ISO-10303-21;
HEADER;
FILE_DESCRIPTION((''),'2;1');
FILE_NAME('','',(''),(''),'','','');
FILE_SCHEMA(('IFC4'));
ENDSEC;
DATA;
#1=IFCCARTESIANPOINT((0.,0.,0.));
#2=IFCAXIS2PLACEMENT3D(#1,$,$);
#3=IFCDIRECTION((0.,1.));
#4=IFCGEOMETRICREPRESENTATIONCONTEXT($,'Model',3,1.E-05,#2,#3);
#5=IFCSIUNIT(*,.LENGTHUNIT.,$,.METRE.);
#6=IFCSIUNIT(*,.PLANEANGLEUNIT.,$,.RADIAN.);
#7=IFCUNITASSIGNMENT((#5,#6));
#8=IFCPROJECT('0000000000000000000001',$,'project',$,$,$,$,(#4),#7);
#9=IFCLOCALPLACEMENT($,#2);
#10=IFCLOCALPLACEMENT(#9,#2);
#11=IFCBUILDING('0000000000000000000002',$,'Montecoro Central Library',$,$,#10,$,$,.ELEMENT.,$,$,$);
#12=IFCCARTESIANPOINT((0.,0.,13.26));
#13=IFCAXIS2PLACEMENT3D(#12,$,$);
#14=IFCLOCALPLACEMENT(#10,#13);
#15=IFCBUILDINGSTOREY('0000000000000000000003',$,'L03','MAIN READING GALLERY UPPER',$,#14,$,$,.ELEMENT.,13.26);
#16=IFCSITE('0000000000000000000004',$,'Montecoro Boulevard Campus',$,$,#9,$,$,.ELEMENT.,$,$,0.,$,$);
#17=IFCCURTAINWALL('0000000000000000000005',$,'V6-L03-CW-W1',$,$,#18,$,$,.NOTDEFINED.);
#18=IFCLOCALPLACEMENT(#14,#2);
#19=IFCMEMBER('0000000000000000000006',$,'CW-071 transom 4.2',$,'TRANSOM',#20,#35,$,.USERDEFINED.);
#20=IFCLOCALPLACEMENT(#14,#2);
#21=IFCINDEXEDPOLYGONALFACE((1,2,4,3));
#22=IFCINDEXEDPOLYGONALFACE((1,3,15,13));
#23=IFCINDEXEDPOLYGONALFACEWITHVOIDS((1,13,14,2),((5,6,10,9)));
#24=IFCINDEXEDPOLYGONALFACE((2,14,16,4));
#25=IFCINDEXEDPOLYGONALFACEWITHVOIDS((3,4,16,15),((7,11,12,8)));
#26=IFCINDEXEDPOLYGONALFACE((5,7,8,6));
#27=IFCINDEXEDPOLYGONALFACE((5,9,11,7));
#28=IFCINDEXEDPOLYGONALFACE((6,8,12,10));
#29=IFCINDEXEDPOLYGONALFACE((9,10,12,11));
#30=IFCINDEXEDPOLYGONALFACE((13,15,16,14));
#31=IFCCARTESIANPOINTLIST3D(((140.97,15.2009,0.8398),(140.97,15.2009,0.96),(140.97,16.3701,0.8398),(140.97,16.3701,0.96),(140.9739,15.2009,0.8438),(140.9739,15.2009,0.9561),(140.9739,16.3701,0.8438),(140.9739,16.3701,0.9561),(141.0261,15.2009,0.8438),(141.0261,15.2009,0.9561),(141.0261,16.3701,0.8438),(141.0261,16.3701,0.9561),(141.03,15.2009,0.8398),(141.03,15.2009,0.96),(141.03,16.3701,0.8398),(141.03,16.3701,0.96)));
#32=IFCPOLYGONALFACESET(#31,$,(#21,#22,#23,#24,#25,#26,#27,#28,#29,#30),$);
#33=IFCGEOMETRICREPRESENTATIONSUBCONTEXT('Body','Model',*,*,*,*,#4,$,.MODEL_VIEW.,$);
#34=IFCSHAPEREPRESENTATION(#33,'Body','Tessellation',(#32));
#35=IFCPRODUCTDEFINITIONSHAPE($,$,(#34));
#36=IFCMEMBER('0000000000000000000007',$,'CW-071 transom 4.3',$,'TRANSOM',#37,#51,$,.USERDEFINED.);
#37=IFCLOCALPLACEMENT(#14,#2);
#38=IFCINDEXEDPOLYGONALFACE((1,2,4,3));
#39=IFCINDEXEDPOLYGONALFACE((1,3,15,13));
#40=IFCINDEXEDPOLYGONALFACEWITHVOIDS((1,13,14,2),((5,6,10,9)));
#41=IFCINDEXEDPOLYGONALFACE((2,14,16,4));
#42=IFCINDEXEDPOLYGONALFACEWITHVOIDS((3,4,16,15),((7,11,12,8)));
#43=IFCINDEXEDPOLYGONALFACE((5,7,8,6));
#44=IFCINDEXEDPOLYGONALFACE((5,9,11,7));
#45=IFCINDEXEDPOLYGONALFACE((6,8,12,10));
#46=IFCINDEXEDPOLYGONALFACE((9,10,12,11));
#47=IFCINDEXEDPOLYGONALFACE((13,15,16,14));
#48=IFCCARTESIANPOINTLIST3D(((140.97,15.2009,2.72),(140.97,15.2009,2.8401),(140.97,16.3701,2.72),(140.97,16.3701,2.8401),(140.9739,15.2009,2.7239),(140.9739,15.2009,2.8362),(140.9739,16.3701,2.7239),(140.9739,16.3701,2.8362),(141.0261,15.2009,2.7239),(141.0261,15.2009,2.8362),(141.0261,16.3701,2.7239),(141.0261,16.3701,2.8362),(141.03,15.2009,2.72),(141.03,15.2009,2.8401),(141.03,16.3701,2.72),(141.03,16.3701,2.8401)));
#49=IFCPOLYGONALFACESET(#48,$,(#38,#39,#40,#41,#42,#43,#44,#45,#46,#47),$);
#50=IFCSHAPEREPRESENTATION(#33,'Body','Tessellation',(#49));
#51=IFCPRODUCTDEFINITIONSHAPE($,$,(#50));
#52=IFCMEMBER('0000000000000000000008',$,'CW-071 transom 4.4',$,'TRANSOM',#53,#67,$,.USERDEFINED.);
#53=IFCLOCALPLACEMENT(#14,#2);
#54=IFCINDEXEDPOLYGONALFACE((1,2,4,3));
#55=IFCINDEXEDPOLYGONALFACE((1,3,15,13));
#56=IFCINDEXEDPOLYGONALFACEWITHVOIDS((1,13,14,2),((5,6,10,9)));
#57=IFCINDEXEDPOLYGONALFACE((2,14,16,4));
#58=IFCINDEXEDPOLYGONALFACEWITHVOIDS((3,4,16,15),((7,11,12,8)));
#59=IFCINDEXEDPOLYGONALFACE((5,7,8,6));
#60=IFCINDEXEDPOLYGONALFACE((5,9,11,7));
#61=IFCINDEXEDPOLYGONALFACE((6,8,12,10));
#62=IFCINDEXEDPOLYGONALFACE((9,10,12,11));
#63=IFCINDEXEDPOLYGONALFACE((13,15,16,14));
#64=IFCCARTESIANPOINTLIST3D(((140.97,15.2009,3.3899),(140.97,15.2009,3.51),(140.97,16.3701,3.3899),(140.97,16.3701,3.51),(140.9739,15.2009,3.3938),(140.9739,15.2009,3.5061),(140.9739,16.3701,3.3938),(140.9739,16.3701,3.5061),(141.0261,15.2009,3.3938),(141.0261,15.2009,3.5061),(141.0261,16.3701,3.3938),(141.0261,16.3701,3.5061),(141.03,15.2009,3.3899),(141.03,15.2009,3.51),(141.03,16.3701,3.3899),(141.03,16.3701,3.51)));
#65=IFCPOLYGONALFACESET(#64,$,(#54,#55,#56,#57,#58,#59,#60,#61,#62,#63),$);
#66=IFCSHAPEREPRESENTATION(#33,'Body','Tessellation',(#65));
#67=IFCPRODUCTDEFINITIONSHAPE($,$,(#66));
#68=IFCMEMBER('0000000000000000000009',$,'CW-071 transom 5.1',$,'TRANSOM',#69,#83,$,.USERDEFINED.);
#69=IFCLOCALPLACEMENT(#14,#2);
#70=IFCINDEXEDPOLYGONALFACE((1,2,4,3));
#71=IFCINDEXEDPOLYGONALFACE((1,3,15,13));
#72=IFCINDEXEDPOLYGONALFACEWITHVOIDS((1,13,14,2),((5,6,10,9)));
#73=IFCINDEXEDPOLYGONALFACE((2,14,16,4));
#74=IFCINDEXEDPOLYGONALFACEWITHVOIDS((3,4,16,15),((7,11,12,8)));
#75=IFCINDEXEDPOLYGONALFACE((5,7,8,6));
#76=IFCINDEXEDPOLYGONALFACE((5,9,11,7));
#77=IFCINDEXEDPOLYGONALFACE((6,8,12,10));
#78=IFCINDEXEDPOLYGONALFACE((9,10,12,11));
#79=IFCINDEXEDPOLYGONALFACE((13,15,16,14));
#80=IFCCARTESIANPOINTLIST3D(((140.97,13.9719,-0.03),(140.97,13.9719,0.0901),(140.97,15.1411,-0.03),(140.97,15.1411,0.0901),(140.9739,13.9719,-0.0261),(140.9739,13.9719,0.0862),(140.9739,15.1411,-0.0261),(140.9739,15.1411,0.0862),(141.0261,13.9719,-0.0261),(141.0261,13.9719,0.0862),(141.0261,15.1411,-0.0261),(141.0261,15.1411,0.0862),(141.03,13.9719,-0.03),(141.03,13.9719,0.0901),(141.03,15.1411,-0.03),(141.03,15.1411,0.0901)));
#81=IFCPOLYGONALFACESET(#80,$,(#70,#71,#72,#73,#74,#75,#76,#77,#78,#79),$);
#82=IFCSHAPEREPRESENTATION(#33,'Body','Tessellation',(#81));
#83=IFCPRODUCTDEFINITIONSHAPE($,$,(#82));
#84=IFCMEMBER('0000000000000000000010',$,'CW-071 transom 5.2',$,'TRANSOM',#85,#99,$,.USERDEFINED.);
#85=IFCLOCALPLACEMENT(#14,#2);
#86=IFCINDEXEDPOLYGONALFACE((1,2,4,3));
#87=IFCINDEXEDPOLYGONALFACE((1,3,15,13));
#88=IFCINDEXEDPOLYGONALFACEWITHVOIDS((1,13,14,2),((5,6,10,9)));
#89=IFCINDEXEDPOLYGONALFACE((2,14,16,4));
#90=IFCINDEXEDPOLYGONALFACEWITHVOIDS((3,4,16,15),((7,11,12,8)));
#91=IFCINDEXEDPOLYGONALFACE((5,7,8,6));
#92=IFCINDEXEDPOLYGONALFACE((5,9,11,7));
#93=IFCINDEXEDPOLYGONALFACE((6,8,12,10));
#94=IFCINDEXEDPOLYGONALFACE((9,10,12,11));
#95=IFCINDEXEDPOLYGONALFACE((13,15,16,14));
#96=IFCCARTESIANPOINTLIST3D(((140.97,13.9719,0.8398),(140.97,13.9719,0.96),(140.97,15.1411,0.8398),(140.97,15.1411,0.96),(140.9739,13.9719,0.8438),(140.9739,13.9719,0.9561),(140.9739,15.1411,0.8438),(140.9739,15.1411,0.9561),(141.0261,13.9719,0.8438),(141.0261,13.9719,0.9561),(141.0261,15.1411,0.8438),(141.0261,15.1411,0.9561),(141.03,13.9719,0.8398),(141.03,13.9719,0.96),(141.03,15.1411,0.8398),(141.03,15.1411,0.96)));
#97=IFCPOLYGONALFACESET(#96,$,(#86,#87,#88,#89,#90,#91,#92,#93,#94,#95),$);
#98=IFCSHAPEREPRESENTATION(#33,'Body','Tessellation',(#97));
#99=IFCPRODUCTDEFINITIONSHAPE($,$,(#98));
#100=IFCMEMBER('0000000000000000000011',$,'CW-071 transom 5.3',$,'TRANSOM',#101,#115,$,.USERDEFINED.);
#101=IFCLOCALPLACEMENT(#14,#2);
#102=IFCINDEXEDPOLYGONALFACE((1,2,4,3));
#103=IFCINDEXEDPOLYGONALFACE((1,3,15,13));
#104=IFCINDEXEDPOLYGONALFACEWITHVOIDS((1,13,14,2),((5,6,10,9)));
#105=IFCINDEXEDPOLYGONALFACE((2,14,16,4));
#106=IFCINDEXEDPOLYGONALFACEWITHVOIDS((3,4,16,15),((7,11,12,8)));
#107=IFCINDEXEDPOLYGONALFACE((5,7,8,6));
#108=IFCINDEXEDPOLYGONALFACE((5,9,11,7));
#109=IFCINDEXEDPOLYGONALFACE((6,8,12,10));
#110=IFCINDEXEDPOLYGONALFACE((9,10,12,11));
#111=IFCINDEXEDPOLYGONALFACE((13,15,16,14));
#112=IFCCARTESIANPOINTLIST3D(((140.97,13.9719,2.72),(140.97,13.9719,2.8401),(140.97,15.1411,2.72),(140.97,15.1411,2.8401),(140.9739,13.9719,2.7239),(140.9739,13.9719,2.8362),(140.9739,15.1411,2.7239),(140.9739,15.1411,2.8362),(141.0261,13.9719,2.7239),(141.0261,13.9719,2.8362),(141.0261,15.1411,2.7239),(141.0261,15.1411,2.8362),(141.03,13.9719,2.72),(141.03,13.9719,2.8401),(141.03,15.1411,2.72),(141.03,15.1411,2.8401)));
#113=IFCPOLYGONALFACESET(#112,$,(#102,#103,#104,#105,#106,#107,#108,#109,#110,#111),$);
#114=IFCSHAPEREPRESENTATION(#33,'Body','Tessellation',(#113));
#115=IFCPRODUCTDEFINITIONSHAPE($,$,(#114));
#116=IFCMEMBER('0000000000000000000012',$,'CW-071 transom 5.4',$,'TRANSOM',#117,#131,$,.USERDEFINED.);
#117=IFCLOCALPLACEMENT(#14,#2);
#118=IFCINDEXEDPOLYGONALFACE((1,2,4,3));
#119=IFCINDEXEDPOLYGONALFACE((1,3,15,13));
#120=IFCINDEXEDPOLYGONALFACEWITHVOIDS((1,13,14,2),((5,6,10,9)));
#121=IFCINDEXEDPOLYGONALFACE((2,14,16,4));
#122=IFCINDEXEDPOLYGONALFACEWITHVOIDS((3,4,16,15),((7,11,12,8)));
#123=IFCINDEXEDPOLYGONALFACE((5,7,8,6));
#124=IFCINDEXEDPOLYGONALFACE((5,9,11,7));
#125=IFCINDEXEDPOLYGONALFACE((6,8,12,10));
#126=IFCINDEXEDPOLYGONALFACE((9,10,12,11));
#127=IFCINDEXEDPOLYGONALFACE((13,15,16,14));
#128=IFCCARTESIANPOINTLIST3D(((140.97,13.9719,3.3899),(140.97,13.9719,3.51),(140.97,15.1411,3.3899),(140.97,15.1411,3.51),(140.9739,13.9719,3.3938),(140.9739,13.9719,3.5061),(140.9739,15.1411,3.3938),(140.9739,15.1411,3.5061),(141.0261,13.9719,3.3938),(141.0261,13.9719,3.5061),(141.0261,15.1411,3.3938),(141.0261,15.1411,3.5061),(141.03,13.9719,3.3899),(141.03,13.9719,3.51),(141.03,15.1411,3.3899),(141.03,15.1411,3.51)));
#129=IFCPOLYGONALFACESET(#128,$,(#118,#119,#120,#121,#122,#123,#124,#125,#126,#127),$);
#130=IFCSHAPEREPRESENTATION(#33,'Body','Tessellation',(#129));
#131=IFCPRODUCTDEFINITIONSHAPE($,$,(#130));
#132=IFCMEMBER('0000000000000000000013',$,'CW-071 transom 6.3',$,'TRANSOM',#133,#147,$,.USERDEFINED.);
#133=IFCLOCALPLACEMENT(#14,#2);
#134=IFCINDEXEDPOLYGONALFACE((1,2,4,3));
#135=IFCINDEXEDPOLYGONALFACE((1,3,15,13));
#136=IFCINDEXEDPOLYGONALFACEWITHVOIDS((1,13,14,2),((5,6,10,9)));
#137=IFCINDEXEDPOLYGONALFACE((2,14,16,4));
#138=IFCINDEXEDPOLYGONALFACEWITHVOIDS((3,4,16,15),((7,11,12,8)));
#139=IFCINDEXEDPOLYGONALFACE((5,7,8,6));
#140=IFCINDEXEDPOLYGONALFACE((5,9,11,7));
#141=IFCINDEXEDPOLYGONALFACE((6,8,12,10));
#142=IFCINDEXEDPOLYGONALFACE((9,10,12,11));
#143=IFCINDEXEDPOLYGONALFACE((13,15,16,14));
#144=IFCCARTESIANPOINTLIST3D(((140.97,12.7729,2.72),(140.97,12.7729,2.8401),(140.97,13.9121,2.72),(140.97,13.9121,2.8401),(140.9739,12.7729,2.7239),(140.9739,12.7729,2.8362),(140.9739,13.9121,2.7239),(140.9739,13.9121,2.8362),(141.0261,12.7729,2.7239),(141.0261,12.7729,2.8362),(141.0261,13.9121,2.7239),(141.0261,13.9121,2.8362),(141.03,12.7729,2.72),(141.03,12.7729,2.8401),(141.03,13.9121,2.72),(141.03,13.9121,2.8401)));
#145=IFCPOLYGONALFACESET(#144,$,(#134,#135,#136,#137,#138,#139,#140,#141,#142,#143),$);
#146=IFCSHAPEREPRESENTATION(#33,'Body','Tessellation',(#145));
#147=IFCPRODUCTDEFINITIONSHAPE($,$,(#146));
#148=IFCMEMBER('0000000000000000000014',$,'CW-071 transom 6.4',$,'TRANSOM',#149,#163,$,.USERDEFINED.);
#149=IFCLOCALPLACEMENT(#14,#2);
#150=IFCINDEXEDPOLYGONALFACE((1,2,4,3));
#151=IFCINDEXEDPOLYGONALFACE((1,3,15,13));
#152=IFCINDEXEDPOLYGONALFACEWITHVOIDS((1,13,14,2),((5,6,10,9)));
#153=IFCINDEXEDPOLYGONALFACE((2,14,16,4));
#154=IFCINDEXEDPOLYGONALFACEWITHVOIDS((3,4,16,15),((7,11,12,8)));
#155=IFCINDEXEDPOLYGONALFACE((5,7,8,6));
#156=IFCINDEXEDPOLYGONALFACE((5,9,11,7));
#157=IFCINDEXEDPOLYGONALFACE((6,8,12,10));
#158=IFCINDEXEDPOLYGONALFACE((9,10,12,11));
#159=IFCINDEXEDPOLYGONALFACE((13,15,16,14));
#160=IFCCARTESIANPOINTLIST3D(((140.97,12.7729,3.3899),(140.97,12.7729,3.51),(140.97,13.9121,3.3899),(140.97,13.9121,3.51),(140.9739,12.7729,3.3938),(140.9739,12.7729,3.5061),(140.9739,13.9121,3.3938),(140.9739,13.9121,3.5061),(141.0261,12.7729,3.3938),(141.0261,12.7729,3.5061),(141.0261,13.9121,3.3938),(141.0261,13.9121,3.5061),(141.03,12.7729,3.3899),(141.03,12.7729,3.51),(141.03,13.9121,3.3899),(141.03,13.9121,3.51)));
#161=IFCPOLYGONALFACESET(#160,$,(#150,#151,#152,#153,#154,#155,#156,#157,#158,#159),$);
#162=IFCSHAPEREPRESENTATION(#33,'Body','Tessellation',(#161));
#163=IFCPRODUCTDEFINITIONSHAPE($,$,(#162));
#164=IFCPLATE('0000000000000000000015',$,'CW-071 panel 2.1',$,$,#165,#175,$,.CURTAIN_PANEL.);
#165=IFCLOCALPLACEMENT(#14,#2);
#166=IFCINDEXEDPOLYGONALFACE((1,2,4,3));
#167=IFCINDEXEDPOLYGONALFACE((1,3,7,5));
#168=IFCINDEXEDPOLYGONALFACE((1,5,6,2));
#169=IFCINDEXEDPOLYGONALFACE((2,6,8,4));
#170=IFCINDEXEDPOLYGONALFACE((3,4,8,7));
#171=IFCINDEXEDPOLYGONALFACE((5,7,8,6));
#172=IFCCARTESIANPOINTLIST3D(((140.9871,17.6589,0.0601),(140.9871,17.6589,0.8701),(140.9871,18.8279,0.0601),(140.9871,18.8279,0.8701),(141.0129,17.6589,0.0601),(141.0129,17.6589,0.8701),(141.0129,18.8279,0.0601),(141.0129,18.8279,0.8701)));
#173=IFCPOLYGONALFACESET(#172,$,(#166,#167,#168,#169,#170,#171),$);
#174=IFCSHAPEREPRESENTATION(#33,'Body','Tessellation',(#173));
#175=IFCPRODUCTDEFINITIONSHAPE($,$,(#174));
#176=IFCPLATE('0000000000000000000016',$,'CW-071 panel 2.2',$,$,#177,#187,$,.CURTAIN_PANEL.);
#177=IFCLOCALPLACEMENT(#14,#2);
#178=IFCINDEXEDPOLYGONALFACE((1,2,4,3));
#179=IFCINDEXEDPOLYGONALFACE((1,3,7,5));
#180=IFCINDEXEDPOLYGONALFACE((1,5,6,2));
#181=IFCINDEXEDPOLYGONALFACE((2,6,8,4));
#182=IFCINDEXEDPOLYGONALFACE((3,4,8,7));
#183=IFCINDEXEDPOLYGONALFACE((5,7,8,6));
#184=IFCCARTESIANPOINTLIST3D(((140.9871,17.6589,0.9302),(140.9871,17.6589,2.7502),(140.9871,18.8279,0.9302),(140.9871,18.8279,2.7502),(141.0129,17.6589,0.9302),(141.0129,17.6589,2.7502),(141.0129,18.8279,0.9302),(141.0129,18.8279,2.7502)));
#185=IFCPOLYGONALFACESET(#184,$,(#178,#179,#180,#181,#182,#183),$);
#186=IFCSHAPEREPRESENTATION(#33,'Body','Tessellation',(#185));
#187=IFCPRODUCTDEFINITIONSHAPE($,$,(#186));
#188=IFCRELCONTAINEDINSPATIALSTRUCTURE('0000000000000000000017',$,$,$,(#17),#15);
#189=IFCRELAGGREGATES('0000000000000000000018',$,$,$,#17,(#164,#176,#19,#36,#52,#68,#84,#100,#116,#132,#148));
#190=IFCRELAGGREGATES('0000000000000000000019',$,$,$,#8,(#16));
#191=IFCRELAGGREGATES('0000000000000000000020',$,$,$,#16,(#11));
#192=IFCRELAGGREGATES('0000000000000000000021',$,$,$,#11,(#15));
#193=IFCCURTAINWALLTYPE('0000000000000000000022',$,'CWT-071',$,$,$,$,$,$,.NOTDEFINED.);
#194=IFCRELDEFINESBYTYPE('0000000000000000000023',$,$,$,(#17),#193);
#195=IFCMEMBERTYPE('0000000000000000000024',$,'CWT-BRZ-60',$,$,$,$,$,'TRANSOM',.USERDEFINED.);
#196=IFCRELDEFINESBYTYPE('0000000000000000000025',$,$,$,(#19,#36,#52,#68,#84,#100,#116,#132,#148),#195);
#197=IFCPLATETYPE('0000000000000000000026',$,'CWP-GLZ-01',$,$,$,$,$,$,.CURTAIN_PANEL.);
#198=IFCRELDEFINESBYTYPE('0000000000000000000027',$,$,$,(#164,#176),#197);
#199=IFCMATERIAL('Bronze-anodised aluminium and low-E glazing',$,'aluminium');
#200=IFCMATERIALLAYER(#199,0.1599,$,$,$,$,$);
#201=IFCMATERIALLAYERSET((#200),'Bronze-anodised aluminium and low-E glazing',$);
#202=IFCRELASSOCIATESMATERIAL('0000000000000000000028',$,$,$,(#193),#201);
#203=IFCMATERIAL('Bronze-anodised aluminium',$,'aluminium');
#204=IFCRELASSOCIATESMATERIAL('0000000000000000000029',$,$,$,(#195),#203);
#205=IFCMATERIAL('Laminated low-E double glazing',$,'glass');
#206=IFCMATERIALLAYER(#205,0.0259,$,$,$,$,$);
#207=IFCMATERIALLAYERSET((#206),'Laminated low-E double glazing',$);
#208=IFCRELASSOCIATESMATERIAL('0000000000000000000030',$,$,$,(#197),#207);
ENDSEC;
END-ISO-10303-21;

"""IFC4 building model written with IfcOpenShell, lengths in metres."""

from ifc_helpers import new_model, si_unit, direction, frame, origin, origin_2d, place, context, subcontext, project, spatial, rectangle, hollow_rectangle, extrude, material, layer, layer_set, material_profile, profile_set, type_object, element, aggregate, save


model = new_model("IFC4")

# Units and contexts
model_context = context("Model", 3, precision=1e-05, world=origin(), true_north=direction((0.0, 1.0)))
body_context = subcontext(model_context, "Body", "Model", "MODEL_VIEW")
ifc_project = project(units=[si_unit("LENGTHUNIT", "METRE"), si_unit("PLANEANGLEUNIT", "RADIAN")], contexts=[model_context])

# Site, building, storey
site_placement = place(None, origin())
site = spatial("IfcSite", under=ifc_project, at=site_placement, Name="Montecoro Boulevard Campus", CompositionType="ELEMENT", RefElevation=0.0)
building_placement = place(site_placement, origin())
building = spatial("IfcBuilding", under=site, at=building_placement, Name="Montecoro Central Library", CompositionType="ELEMENT")
storey_placement = place(building_placement, frame((0.0, 0.0, 13.26)))
storey = spatial("IfcBuildingStorey", under=building, at=storey_placement, Name="L03", Description="MAIN READING GALLERY UPPER", CompositionType="ELEMENT", Elevation=13.26)

# Curtain wall, members, plates
ifc_material_1 = material(Name="Bronze-anodised aluminium and low-E glazing", Category="aluminium")
ifc_layer_1 = layer(ifc_material_1, 0.1599)
ifc_layer_set_1 = layer_set([ifc_layer_1], Name="Bronze-anodised aluminium and low-E glazing")
curtain_wall_type = type_object("IfcCurtainWallType", Name="CWT-071", PredefinedType="NOTDEFINED", material=ifc_layer_set_1)
curtain_wall_placement = place(storey_placement, origin())
curtain_wall = element("IfcCurtainWall", 1, at=curtain_wall_placement, inside=storey, type_object=curtain_wall_type, Name="V6-L03-CW-W1", PredefinedType="NOTDEFINED")
ifc_material_2 = material(Name="Bronze-anodised aluminium", Category="aluminium")
ifc_material_profile_1 = material_profile(ifc_material_2, hollow_rectangle(XDim=0.0601, YDim=0.1201, WallThickness=0.0039, at=origin_2d()), Name="CWT 120x60x4.0")
ifc_profile_set_1 = profile_set([ifc_material_profile_1], Name="Bronze-anodised aluminium")
member_type_1 = type_object("IfcMemberType", Name="CWT-BRZ-60", ElementType="TRANSOM", PredefinedType="USERDEFINED", material=ifc_profile_set_1)
member_1_placement = place(storey_placement, frame((141.0, 16.3701, 0.8999), z_axis=(0.0, -1.0, 0.0), x_axis=(1.0, 0.0, 0.0)))
member_1 = element("IfcMember", 2, at=member_1_placement, type_object=member_type_1, Name="CW-071 transom 4.2", ObjectType="TRANSOM", PredefinedType="USERDEFINED", context=body_context, shape_type="SweptSolid", body=[
    extrude(hollow_rectangle(XDim=0.0601, YDim=0.1201, WallThickness=0.0039, at=origin_2d()), origin(), (0.0, 0.0, 1.0), 1.1692),
])
member_2_placement = place(storey_placement, frame((141.0, 16.3701, 2.78), z_axis=(0.0, -1.0, 0.0), x_axis=(1.0, 0.0, 0.0)))
member_2 = element("IfcMember", 3, at=member_2_placement, type_object=member_type_1, Name="CW-071 transom 4.3", ObjectType="TRANSOM", PredefinedType="USERDEFINED", context=body_context, shape_type="SweptSolid", body=[
    extrude(hollow_rectangle(XDim=0.0601, YDim=0.1201, WallThickness=0.0039, at=origin_2d()), origin(), (0.0, 0.0, 1.0), 1.1692),
])
member_3_placement = place(storey_placement, frame((141.0, 16.3701, 3.45), z_axis=(0.0, -1.0, 0.0), x_axis=(1.0, 0.0, 0.0)))
member_3 = element("IfcMember", 4, at=member_3_placement, type_object=member_type_1, Name="CW-071 transom 4.4", ObjectType="TRANSOM", PredefinedType="USERDEFINED", context=body_context, shape_type="SweptSolid", body=[
    extrude(hollow_rectangle(XDim=0.0601, YDim=0.1201, WallThickness=0.0039, at=origin_2d()), origin(), (0.0, 0.0, 1.0), 1.1692),
])
member_4_placement = place(storey_placement, frame((141.0, 15.1411, 0.03), z_axis=(0.0, -1.0, 0.0), x_axis=(1.0, 0.0, 0.0)))
member_4 = element("IfcMember", 5, at=member_4_placement, type_object=member_type_1, Name="CW-071 transom 5.1", ObjectType="TRANSOM", PredefinedType="USERDEFINED", context=body_context, shape_type="SweptSolid", body=[
    extrude(hollow_rectangle(XDim=0.0601, YDim=0.1201, WallThickness=0.0039, at=origin_2d()), origin(), (0.0, 0.0, 1.0), 1.1692),
])
member_5_placement = place(storey_placement, frame((141.0, 15.1411, 0.8999), z_axis=(0.0, -1.0, 0.0), x_axis=(1.0, 0.0, 0.0)))
member_5 = element("IfcMember", 6, at=member_5_placement, type_object=member_type_1, Name="CW-071 transom 5.2", ObjectType="TRANSOM", PredefinedType="USERDEFINED", context=body_context, shape_type="SweptSolid", body=[
    extrude(hollow_rectangle(XDim=0.0601, YDim=0.1201, WallThickness=0.0039, at=origin_2d()), origin(), (0.0, 0.0, 1.0), 1.1692),
])
member_6_placement = place(storey_placement, frame((141.0, 15.1411, 2.78), z_axis=(0.0, -1.0, 0.0), x_axis=(1.0, 0.0, 0.0)))
member_6 = element("IfcMember", 7, at=member_6_placement, type_object=member_type_1, Name="CW-071 transom 5.3", ObjectType="TRANSOM", PredefinedType="USERDEFINED", context=body_context, shape_type="SweptSolid", body=[
    extrude(hollow_rectangle(XDim=0.0601, YDim=0.1201, WallThickness=0.0039, at=origin_2d()), origin(), (0.0, 0.0, 1.0), 1.1692),
])
member_7_placement = place(storey_placement, frame((141.0, 15.1411, 3.45), z_axis=(0.0, -1.0, 0.0), x_axis=(1.0, 0.0, 0.0)))
member_7 = element("IfcMember", 8, at=member_7_placement, type_object=member_type_1, Name="CW-071 transom 5.4", ObjectType="TRANSOM", PredefinedType="USERDEFINED", context=body_context, shape_type="SweptSolid", body=[
    extrude(hollow_rectangle(XDim=0.0601, YDim=0.1201, WallThickness=0.0039, at=origin_2d()), origin(), (0.0, 0.0, 1.0), 1.1692),
])
member_8_placement = place(storey_placement, frame((141.0, 13.9121, 2.78), z_axis=(0.0, -1.0, 0.0), x_axis=(1.0, 0.0, 0.0)))
member_8 = element("IfcMember", 9, at=member_8_placement, type_object=member_type_1, Name="CW-071 transom 6.3", ObjectType="TRANSOM", PredefinedType="USERDEFINED", context=body_context, shape_type="SweptSolid", body=[
    extrude(hollow_rectangle(XDim=0.0601, YDim=0.1201, WallThickness=0.0039, at=origin_2d()), origin(), (0.0, 0.0, 1.0), 1.1392),
])
member_9_placement = place(storey_placement, frame((141.0, 13.9121, 3.45), z_axis=(0.0, -1.0, 0.0), x_axis=(1.0, 0.0, 0.0)))
member_9 = element("IfcMember", 10, at=member_9_placement, type_object=member_type_1, Name="CW-071 transom 6.4", ObjectType="TRANSOM", PredefinedType="USERDEFINED", context=body_context, shape_type="SweptSolid", body=[
    extrude(hollow_rectangle(XDim=0.0601, YDim=0.1201, WallThickness=0.0039, at=origin_2d()), origin(), (0.0, 0.0, 1.0), 1.1392),
])
ifc_material_3 = material(Name="Laminated low-E double glazing", Category="glass")
ifc_layer_2 = layer(ifc_material_3, 0.0259)
ifc_layer_set_2 = layer_set([ifc_layer_2], Name="Laminated low-E double glazing")
plate_type = type_object("IfcPlateType", Name="CWP-GLZ-01", PredefinedType="CURTAIN_PANEL", material=ifc_layer_set_2)
plate_1_placement = place(storey_placement, frame((141.0, 18.2434, 0.0601), z_axis=(0.0, 0.0, 1.0), x_axis=(0.0, -1.0, 0.0)))
plate_1 = element("IfcPlate", 11, at=plate_1_placement, type_object=plate_type, Name="CW-071 panel 2.1", PredefinedType="CURTAIN_PANEL", context=body_context, shape_type="SweptSolid", body=[
    extrude(rectangle(XDim=1.1689, YDim=0.0259, at=origin_2d()), origin(), (0.0, 0.0, 1.0), 0.8101),
])
plate_2_placement = place(storey_placement, frame((141.0, 18.2434, 0.9302), z_axis=(0.0, 0.0, 1.0), x_axis=(0.0, -1.0, 0.0)))
plate_2 = element("IfcPlate", 12, at=plate_2_placement, type_object=plate_type, Name="CW-071 panel 2.2", PredefinedType="CURTAIN_PANEL", context=body_context, shape_type="SweptSolid", body=[
    extrude(rectangle(XDim=1.1689, YDim=0.0259, at=origin_2d()), origin(), (0.0, 0.0, 1.0), 1.8201),
])
aggregate(curtain_wall, [plate_1, plate_2, member_1, member_2, member_3, member_4, member_5, member_6, member_7, member_8, member_9])

save(model, "model.ifc")
